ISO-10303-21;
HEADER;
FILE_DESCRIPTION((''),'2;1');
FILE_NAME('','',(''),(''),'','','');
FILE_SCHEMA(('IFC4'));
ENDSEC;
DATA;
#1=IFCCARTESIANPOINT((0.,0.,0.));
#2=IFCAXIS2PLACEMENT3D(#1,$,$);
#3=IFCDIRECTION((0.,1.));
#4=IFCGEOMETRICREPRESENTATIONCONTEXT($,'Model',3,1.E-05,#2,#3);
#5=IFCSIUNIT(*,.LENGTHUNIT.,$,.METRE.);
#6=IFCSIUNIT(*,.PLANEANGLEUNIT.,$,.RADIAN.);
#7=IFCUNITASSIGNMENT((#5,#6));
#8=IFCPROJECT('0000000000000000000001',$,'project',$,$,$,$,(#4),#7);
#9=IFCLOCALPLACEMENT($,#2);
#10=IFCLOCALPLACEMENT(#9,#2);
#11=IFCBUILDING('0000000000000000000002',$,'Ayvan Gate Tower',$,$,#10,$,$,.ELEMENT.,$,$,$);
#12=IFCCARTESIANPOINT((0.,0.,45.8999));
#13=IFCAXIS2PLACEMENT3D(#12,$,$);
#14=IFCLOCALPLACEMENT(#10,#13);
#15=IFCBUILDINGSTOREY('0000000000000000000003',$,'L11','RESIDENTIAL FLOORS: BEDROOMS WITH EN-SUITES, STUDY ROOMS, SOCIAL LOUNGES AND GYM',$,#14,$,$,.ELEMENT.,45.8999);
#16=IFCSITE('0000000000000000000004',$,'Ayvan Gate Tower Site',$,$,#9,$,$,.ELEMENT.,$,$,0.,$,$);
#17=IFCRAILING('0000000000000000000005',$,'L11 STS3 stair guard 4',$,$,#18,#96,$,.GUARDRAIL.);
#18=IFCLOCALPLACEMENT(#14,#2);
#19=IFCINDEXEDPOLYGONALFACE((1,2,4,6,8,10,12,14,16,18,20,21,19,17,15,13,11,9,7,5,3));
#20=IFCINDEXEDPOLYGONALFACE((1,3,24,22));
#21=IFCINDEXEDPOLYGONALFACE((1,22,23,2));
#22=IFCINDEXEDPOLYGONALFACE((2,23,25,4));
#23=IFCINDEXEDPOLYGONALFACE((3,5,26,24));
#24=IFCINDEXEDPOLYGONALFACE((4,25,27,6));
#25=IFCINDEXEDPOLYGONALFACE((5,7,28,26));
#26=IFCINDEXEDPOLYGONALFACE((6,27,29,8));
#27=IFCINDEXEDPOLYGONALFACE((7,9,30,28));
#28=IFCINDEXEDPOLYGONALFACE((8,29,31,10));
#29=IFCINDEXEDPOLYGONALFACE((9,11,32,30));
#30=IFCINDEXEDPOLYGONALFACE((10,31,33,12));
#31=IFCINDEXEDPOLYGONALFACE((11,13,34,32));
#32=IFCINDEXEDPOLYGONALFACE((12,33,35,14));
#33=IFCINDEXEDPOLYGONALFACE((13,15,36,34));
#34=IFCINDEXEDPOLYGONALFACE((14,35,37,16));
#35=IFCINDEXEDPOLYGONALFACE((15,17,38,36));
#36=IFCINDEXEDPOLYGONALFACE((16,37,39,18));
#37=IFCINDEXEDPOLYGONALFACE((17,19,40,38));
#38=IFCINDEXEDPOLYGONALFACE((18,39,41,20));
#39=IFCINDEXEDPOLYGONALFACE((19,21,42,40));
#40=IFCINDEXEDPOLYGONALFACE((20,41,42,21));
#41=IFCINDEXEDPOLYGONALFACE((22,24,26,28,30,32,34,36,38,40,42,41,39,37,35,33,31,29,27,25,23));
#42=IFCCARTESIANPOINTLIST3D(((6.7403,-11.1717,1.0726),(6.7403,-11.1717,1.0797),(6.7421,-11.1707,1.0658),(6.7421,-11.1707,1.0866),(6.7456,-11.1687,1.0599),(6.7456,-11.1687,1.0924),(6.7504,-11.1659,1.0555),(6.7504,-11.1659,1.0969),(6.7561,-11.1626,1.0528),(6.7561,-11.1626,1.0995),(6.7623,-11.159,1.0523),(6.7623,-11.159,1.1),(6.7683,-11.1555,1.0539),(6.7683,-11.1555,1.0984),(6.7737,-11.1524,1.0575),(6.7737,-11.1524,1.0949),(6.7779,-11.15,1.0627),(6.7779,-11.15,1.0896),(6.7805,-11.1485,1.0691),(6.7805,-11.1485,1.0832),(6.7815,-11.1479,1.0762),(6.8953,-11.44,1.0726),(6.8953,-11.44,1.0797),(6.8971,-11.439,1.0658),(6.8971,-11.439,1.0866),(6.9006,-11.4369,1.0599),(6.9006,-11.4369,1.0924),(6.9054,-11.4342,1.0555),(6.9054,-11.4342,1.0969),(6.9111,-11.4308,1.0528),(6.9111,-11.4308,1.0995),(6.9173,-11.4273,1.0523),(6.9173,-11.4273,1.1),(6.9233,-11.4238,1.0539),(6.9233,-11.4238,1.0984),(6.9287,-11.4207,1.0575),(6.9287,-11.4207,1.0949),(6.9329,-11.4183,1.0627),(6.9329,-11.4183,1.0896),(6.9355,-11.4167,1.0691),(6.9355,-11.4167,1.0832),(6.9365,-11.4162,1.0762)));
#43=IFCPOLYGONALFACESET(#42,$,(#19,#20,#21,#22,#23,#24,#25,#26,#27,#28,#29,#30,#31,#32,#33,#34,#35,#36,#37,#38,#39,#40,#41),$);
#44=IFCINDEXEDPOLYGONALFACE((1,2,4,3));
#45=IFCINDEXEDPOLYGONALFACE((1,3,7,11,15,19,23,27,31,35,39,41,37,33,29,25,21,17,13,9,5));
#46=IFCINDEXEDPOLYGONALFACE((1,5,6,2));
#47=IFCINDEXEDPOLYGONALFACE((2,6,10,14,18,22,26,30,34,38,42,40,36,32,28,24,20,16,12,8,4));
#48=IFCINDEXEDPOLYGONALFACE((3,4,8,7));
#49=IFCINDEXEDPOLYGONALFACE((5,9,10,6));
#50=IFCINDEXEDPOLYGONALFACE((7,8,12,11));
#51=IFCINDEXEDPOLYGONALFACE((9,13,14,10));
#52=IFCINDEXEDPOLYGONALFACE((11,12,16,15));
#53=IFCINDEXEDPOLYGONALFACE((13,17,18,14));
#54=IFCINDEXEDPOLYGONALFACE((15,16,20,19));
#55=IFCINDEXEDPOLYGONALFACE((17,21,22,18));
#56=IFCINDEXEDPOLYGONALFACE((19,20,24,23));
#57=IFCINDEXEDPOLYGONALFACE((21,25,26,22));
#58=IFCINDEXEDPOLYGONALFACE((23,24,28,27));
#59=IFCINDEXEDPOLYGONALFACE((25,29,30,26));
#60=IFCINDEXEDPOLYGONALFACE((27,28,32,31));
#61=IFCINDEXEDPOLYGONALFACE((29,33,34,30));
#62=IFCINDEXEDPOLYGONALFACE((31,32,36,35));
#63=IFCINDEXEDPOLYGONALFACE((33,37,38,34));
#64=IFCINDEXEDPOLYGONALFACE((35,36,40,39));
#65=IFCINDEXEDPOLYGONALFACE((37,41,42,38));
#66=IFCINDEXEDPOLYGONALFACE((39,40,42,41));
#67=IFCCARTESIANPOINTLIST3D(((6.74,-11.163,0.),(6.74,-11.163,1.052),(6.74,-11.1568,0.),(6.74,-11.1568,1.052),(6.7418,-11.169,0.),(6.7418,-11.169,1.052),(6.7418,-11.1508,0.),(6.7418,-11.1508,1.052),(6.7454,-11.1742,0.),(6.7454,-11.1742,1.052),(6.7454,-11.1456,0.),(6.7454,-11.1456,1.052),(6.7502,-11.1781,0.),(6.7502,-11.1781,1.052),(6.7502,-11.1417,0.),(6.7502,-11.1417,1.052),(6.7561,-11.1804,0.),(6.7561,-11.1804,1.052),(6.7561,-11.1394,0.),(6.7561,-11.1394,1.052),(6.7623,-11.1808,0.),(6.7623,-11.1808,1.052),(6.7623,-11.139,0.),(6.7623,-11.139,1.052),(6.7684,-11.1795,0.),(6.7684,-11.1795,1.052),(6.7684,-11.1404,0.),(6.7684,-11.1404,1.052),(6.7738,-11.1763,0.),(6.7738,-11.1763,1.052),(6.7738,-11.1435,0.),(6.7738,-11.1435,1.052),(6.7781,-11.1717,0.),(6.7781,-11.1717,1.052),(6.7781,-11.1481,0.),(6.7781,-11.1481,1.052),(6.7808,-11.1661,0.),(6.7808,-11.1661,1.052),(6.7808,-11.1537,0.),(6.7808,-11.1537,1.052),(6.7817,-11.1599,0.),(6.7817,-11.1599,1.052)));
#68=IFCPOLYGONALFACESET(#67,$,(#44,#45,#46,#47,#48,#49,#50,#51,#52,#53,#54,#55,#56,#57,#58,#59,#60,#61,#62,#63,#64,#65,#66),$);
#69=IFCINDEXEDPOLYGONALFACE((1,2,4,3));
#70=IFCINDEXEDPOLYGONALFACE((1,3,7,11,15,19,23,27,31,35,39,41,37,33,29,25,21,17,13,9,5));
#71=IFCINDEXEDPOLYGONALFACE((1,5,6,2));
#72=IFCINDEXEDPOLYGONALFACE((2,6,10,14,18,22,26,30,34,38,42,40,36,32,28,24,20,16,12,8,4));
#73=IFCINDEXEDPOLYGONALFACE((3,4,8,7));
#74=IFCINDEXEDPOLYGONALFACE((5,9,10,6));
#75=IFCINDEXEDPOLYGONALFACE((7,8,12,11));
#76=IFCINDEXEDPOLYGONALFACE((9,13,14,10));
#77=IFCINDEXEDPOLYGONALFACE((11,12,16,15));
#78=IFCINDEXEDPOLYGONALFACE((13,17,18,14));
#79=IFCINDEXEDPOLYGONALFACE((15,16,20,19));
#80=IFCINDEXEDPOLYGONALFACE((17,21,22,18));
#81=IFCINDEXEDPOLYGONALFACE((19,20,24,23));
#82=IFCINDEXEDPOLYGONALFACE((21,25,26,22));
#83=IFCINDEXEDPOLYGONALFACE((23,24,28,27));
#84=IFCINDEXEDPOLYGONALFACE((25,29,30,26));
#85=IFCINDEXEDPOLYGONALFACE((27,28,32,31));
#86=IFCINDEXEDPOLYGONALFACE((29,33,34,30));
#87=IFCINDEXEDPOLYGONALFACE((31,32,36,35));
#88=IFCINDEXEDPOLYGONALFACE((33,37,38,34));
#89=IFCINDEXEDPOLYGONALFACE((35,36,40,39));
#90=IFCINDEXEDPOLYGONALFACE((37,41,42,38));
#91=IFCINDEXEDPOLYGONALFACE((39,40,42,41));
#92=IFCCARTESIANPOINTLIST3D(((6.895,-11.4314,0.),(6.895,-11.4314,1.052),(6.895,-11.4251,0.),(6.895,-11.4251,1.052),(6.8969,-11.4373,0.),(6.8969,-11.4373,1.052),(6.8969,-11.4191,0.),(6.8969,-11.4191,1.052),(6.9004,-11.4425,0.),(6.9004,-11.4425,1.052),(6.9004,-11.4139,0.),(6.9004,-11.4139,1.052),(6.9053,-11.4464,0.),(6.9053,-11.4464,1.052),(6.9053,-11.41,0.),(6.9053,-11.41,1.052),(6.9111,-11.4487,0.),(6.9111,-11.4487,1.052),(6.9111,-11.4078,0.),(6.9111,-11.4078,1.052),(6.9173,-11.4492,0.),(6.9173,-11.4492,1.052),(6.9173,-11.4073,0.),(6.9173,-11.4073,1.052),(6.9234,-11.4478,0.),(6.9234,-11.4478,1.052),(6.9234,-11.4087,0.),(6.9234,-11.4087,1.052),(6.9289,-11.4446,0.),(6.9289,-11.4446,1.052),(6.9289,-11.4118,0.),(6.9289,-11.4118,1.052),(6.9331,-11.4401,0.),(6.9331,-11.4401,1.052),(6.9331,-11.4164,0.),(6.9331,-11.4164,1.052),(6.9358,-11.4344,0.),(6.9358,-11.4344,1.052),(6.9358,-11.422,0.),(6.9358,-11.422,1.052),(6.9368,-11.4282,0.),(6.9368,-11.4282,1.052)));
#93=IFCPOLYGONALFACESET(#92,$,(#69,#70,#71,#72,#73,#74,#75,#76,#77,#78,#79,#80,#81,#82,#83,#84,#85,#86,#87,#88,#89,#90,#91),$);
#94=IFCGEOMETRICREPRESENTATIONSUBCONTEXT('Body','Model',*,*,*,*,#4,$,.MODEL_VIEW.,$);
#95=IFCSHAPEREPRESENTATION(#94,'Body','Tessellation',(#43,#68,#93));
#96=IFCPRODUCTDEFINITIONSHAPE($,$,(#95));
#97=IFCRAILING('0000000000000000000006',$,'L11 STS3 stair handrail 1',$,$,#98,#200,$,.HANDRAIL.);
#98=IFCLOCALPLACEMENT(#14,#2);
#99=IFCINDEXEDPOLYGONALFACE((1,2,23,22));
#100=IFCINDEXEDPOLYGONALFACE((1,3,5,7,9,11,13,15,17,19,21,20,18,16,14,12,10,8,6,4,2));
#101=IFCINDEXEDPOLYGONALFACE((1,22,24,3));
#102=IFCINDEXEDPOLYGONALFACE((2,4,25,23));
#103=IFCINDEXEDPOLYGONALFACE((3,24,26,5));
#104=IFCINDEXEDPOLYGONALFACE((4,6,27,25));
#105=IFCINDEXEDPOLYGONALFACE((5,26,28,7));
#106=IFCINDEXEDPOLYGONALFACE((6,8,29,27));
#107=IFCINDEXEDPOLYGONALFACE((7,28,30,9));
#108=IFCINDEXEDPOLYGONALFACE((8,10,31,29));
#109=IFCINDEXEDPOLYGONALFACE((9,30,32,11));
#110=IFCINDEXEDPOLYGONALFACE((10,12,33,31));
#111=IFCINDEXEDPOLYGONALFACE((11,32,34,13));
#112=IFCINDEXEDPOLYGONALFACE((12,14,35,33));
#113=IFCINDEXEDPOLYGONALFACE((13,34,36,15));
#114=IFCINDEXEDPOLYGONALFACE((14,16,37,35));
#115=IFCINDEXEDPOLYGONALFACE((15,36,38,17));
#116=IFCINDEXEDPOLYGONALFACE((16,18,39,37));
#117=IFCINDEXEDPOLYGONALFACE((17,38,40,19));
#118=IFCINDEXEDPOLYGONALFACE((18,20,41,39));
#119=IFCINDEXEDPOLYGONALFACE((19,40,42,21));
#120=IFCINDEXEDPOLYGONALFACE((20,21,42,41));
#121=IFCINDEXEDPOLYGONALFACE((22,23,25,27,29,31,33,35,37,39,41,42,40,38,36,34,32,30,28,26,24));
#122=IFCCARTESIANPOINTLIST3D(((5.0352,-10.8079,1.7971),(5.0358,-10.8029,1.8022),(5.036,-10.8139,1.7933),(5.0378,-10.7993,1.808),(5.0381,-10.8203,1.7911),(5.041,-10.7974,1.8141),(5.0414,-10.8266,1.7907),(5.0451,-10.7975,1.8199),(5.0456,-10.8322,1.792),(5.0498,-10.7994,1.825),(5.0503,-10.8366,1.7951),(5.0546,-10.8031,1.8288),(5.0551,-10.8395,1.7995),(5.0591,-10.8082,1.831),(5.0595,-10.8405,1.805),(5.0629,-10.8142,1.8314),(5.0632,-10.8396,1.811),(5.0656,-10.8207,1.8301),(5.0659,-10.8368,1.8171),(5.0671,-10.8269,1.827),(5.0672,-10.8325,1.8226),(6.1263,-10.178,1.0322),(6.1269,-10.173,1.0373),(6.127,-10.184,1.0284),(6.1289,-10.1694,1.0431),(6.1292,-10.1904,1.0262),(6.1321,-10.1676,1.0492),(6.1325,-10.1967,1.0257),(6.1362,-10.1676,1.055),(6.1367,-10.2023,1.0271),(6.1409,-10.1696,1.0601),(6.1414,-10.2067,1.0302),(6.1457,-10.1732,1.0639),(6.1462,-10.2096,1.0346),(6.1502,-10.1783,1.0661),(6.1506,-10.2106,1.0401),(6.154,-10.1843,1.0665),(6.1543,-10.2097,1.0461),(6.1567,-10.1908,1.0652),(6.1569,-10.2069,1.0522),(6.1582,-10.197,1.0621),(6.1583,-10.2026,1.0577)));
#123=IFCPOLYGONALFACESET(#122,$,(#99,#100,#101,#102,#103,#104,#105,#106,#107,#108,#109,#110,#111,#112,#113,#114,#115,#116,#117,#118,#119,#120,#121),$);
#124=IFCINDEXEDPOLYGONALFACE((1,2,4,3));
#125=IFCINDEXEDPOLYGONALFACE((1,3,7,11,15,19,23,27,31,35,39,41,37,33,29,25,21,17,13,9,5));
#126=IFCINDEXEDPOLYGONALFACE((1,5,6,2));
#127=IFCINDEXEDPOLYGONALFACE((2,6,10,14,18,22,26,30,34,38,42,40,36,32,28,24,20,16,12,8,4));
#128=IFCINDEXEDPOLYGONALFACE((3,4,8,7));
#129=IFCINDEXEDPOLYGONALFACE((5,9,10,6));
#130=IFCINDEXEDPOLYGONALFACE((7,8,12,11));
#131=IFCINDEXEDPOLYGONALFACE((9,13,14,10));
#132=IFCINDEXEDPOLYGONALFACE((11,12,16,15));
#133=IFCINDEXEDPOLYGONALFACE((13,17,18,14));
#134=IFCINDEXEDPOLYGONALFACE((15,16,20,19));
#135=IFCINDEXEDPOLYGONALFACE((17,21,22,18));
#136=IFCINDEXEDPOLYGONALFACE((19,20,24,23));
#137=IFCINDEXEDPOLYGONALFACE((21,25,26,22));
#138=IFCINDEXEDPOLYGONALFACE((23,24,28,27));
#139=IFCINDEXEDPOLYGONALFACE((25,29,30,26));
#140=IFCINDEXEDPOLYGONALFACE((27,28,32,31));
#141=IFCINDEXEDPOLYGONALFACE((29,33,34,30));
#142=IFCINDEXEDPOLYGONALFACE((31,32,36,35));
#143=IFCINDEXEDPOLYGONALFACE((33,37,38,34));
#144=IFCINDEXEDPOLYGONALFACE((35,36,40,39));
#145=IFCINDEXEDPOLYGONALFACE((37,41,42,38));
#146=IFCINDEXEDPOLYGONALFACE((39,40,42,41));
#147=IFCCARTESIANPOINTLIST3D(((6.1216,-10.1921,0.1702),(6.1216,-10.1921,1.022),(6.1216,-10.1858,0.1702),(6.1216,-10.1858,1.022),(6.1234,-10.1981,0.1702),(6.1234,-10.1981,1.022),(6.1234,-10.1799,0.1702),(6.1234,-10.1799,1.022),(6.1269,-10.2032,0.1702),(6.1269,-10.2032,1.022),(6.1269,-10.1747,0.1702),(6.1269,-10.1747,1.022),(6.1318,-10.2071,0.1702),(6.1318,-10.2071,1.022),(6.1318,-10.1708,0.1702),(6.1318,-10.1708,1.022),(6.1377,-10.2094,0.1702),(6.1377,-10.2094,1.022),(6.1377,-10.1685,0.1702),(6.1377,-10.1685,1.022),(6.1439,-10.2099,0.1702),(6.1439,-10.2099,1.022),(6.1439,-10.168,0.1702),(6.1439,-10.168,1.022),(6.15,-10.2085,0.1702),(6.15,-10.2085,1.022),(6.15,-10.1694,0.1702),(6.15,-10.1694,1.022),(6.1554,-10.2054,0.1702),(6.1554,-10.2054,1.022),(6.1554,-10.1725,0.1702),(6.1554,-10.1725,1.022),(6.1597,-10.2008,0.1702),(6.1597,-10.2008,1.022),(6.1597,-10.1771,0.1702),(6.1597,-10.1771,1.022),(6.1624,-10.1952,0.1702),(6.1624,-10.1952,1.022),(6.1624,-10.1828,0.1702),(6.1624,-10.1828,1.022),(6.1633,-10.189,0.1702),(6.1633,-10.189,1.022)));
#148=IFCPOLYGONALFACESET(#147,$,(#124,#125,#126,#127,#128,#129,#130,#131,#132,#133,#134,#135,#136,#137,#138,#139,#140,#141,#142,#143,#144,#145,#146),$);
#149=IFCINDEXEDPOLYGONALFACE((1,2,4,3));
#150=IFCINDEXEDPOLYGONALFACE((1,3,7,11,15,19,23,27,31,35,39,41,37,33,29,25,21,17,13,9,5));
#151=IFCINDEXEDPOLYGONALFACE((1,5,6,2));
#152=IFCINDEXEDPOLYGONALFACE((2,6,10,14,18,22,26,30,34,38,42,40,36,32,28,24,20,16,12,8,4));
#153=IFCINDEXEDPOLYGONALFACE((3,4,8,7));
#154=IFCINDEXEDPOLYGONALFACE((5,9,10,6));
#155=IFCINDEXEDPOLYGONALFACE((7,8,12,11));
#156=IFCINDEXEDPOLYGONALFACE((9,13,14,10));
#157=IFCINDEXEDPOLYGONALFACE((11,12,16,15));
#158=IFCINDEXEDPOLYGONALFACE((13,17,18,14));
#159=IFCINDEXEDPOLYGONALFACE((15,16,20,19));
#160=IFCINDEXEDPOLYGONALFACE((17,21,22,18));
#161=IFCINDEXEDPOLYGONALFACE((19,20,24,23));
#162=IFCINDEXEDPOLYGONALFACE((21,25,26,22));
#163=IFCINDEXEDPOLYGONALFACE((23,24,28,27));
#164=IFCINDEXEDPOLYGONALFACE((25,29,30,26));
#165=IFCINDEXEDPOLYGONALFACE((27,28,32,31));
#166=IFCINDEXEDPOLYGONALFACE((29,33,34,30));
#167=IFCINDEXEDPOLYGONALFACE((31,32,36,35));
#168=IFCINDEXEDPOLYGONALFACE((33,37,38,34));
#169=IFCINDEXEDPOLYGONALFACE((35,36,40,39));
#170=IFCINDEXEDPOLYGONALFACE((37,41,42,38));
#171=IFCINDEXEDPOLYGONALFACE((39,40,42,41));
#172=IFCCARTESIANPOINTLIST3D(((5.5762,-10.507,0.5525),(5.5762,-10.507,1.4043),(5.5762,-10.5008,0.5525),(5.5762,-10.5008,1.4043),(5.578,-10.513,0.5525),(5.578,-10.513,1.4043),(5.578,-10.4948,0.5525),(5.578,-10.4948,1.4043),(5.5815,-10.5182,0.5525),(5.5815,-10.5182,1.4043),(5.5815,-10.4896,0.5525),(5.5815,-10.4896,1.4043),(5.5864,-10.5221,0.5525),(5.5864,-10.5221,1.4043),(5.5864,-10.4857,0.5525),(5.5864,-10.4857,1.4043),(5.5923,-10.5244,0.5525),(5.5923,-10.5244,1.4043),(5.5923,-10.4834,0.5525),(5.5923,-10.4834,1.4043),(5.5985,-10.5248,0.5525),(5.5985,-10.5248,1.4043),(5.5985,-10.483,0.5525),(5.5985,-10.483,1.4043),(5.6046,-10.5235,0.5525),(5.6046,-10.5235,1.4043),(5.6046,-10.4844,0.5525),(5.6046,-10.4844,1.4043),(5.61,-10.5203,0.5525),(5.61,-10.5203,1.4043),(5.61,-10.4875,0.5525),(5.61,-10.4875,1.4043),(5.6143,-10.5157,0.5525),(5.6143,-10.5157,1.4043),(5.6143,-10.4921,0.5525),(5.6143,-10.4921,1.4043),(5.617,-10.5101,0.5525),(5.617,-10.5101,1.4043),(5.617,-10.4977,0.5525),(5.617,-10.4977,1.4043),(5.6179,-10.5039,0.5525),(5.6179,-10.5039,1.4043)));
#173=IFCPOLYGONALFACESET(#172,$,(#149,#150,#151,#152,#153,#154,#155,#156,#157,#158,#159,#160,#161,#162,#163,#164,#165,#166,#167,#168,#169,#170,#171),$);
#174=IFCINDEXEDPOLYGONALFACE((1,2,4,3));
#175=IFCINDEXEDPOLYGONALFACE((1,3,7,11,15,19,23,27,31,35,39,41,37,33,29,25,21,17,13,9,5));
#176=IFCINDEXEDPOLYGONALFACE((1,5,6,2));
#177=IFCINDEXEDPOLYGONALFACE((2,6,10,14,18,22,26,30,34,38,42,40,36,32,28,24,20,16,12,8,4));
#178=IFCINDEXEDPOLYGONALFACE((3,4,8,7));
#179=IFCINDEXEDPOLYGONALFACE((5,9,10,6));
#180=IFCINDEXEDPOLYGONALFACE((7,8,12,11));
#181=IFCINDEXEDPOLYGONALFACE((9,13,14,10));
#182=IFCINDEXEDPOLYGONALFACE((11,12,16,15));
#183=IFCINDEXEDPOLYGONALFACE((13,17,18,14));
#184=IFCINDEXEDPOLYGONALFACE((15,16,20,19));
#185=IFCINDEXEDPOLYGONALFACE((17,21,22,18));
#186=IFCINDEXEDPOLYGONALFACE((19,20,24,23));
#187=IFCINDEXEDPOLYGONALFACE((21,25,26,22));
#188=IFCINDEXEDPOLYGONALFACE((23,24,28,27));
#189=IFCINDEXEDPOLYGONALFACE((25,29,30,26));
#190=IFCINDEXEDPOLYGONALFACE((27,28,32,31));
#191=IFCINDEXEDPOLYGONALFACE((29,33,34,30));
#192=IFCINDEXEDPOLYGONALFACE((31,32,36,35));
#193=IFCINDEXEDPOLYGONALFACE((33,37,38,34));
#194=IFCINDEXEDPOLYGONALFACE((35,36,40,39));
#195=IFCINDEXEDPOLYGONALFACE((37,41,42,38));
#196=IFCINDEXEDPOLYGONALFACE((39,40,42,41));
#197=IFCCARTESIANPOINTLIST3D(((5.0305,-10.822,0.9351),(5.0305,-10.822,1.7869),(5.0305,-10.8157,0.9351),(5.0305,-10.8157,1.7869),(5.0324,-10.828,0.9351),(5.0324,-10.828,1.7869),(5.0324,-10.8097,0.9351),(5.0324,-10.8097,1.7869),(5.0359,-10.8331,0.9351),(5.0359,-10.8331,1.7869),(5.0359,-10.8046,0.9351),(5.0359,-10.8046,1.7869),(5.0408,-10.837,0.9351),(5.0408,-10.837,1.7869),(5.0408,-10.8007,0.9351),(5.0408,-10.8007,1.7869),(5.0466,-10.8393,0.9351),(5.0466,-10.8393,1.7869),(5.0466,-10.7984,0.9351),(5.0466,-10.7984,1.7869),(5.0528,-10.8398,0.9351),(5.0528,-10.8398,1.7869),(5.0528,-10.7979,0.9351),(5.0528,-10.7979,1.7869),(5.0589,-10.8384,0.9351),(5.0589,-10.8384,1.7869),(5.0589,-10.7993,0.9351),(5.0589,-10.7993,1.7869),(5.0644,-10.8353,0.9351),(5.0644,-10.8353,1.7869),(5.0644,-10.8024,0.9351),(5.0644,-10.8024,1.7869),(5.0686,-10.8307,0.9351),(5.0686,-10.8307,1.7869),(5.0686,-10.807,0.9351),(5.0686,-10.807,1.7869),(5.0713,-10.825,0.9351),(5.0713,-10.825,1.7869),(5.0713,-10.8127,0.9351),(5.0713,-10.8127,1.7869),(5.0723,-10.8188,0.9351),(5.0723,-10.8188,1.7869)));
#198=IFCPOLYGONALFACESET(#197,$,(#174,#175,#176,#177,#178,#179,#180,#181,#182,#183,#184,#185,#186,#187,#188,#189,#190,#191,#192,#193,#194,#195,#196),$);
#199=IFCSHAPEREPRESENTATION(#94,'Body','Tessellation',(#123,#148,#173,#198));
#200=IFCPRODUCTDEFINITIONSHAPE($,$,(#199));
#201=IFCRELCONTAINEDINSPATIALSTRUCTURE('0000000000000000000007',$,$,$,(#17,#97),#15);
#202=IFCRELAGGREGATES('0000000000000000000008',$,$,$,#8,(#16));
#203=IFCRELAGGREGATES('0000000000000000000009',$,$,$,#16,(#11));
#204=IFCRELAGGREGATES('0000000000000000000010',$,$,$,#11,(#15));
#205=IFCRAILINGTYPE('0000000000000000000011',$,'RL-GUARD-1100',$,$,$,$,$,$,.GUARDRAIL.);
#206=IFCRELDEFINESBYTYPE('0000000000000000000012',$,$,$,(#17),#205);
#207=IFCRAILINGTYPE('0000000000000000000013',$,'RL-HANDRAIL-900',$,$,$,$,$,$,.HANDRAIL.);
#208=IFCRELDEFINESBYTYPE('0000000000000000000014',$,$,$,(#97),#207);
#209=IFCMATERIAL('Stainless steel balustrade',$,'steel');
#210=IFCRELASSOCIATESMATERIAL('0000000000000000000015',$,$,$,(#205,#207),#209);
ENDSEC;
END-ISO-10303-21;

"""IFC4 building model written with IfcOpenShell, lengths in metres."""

from ifc_helpers import new_model, si_unit, direction, frame, origin, origin_2d, place, context, subcontext, project, spatial, circle, extrude, material, type_object, element, save


model = new_model("IFC4")

# Units and contexts
model_context = context("Model", 3, precision=1e-05, world=origin(), true_north=direction((0.0, 1.0)))
body_context = subcontext(model_context, "Body", "Model", "MODEL_VIEW")
ifc_project = project(units=[si_unit("LENGTHUNIT", "METRE"), si_unit("PLANEANGLEUNIT", "RADIAN")], contexts=[model_context])

# Site, building, storey
site_placement = place(None, origin())
site = spatial("IfcSite", under=ifc_project, at=site_placement, Name="Ayvan Gate Tower Site", CompositionType="ELEMENT", RefElevation=0.0)
building_placement = place(site_placement, origin())
building = spatial("IfcBuilding", under=site, at=building_placement, Name="Ayvan Gate Tower", CompositionType="ELEMENT")
storey_placement = place(building_placement, frame((0.0, 0.0, 45.8999)))
storey = spatial("IfcBuildingStorey", under=building, at=storey_placement, Name="L11", Description="RESIDENTIAL FLOORS: BEDROOMS WITH EN-SUITES, STUDY ROOMS, SOCIAL LOUNGES AND GYM", CompositionType="ELEMENT", Elevation=45.8999)

# Railings
ifc_material_1 = material(Name="Stainless steel balustrade", Category="steel")
railing_type_1 = type_object("IfcRailingType", Name="RL-GUARD-1100", PredefinedType="GUARDRAIL", material=ifc_material_1)
railing_1_placement = place(storey_placement, frame((6.7607, -11.1599, 0.0)))
element("IfcRailing", 1, at=railing_1_placement, inside=storey, type_object=railing_type_1, Name="L11 STS3 stair guard 4", PredefinedType="GUARDRAIL", context=body_context, shape_type="SweptSolid", body=[
    extrude(circle(Radius=0.0239, at=origin_2d()), frame((0.0, 0.0, 1.0762), z_axis=(0.500291, -0.865857, 0.0), x_axis=(0.865857, 0.500291, 0.0)), (0.0, 0.0, 1.0), 0.3098),
    extrude(circle(Radius=0.021, at=origin_2d()), origin(), (0.0, 0.0, 1.0), 1.052),
    extrude(circle(Radius=0.021, at=origin_2d()), frame((0.155, -0.2683, 0.0)), (0.0, 0.0, 1.0), 1.052),
])
railing_type_2 = type_object("IfcRailingType", Name="RL-HANDRAIL-900", PredefinedType="HANDRAIL", material=ifc_material_1)
railing_2_placement = place(storey_placement, frame((6.1423, -10.189, 0.1702)))
element("IfcRailing", 2, at=railing_2_placement, inside=storey, type_object=railing_type_2, Name="L11 STS3 stair handrail 1", PredefinedType="HANDRAIL", context=body_context, shape_type="SweptSolid", body=[
    extrude(circle(Radius=0.0239, at=origin_2d()), frame((0.0, 0.0, 0.876), z_axis=(-0.740282, -0.427372, 0.518976), x_axis=(0.499974, -0.86604, 0.0)), (0.0, 0.0, 1.0), 1.4739),
    extrude(circle(Radius=0.021, at=origin_2d()), origin(), (0.0, 0.0, 1.0), 0.8518),
    extrude(circle(Radius=0.021, at=origin_2d()), frame((-0.5454, -0.3149, 0.3823)), (0.0, 0.0, 1.0), 0.8518),
    extrude(circle(Radius=0.021, at=origin_2d()), frame((-1.0911, -0.6299, 0.7649)), (0.0, 0.0, 1.0), 0.8518),
])

save(model, "model.ifc")
